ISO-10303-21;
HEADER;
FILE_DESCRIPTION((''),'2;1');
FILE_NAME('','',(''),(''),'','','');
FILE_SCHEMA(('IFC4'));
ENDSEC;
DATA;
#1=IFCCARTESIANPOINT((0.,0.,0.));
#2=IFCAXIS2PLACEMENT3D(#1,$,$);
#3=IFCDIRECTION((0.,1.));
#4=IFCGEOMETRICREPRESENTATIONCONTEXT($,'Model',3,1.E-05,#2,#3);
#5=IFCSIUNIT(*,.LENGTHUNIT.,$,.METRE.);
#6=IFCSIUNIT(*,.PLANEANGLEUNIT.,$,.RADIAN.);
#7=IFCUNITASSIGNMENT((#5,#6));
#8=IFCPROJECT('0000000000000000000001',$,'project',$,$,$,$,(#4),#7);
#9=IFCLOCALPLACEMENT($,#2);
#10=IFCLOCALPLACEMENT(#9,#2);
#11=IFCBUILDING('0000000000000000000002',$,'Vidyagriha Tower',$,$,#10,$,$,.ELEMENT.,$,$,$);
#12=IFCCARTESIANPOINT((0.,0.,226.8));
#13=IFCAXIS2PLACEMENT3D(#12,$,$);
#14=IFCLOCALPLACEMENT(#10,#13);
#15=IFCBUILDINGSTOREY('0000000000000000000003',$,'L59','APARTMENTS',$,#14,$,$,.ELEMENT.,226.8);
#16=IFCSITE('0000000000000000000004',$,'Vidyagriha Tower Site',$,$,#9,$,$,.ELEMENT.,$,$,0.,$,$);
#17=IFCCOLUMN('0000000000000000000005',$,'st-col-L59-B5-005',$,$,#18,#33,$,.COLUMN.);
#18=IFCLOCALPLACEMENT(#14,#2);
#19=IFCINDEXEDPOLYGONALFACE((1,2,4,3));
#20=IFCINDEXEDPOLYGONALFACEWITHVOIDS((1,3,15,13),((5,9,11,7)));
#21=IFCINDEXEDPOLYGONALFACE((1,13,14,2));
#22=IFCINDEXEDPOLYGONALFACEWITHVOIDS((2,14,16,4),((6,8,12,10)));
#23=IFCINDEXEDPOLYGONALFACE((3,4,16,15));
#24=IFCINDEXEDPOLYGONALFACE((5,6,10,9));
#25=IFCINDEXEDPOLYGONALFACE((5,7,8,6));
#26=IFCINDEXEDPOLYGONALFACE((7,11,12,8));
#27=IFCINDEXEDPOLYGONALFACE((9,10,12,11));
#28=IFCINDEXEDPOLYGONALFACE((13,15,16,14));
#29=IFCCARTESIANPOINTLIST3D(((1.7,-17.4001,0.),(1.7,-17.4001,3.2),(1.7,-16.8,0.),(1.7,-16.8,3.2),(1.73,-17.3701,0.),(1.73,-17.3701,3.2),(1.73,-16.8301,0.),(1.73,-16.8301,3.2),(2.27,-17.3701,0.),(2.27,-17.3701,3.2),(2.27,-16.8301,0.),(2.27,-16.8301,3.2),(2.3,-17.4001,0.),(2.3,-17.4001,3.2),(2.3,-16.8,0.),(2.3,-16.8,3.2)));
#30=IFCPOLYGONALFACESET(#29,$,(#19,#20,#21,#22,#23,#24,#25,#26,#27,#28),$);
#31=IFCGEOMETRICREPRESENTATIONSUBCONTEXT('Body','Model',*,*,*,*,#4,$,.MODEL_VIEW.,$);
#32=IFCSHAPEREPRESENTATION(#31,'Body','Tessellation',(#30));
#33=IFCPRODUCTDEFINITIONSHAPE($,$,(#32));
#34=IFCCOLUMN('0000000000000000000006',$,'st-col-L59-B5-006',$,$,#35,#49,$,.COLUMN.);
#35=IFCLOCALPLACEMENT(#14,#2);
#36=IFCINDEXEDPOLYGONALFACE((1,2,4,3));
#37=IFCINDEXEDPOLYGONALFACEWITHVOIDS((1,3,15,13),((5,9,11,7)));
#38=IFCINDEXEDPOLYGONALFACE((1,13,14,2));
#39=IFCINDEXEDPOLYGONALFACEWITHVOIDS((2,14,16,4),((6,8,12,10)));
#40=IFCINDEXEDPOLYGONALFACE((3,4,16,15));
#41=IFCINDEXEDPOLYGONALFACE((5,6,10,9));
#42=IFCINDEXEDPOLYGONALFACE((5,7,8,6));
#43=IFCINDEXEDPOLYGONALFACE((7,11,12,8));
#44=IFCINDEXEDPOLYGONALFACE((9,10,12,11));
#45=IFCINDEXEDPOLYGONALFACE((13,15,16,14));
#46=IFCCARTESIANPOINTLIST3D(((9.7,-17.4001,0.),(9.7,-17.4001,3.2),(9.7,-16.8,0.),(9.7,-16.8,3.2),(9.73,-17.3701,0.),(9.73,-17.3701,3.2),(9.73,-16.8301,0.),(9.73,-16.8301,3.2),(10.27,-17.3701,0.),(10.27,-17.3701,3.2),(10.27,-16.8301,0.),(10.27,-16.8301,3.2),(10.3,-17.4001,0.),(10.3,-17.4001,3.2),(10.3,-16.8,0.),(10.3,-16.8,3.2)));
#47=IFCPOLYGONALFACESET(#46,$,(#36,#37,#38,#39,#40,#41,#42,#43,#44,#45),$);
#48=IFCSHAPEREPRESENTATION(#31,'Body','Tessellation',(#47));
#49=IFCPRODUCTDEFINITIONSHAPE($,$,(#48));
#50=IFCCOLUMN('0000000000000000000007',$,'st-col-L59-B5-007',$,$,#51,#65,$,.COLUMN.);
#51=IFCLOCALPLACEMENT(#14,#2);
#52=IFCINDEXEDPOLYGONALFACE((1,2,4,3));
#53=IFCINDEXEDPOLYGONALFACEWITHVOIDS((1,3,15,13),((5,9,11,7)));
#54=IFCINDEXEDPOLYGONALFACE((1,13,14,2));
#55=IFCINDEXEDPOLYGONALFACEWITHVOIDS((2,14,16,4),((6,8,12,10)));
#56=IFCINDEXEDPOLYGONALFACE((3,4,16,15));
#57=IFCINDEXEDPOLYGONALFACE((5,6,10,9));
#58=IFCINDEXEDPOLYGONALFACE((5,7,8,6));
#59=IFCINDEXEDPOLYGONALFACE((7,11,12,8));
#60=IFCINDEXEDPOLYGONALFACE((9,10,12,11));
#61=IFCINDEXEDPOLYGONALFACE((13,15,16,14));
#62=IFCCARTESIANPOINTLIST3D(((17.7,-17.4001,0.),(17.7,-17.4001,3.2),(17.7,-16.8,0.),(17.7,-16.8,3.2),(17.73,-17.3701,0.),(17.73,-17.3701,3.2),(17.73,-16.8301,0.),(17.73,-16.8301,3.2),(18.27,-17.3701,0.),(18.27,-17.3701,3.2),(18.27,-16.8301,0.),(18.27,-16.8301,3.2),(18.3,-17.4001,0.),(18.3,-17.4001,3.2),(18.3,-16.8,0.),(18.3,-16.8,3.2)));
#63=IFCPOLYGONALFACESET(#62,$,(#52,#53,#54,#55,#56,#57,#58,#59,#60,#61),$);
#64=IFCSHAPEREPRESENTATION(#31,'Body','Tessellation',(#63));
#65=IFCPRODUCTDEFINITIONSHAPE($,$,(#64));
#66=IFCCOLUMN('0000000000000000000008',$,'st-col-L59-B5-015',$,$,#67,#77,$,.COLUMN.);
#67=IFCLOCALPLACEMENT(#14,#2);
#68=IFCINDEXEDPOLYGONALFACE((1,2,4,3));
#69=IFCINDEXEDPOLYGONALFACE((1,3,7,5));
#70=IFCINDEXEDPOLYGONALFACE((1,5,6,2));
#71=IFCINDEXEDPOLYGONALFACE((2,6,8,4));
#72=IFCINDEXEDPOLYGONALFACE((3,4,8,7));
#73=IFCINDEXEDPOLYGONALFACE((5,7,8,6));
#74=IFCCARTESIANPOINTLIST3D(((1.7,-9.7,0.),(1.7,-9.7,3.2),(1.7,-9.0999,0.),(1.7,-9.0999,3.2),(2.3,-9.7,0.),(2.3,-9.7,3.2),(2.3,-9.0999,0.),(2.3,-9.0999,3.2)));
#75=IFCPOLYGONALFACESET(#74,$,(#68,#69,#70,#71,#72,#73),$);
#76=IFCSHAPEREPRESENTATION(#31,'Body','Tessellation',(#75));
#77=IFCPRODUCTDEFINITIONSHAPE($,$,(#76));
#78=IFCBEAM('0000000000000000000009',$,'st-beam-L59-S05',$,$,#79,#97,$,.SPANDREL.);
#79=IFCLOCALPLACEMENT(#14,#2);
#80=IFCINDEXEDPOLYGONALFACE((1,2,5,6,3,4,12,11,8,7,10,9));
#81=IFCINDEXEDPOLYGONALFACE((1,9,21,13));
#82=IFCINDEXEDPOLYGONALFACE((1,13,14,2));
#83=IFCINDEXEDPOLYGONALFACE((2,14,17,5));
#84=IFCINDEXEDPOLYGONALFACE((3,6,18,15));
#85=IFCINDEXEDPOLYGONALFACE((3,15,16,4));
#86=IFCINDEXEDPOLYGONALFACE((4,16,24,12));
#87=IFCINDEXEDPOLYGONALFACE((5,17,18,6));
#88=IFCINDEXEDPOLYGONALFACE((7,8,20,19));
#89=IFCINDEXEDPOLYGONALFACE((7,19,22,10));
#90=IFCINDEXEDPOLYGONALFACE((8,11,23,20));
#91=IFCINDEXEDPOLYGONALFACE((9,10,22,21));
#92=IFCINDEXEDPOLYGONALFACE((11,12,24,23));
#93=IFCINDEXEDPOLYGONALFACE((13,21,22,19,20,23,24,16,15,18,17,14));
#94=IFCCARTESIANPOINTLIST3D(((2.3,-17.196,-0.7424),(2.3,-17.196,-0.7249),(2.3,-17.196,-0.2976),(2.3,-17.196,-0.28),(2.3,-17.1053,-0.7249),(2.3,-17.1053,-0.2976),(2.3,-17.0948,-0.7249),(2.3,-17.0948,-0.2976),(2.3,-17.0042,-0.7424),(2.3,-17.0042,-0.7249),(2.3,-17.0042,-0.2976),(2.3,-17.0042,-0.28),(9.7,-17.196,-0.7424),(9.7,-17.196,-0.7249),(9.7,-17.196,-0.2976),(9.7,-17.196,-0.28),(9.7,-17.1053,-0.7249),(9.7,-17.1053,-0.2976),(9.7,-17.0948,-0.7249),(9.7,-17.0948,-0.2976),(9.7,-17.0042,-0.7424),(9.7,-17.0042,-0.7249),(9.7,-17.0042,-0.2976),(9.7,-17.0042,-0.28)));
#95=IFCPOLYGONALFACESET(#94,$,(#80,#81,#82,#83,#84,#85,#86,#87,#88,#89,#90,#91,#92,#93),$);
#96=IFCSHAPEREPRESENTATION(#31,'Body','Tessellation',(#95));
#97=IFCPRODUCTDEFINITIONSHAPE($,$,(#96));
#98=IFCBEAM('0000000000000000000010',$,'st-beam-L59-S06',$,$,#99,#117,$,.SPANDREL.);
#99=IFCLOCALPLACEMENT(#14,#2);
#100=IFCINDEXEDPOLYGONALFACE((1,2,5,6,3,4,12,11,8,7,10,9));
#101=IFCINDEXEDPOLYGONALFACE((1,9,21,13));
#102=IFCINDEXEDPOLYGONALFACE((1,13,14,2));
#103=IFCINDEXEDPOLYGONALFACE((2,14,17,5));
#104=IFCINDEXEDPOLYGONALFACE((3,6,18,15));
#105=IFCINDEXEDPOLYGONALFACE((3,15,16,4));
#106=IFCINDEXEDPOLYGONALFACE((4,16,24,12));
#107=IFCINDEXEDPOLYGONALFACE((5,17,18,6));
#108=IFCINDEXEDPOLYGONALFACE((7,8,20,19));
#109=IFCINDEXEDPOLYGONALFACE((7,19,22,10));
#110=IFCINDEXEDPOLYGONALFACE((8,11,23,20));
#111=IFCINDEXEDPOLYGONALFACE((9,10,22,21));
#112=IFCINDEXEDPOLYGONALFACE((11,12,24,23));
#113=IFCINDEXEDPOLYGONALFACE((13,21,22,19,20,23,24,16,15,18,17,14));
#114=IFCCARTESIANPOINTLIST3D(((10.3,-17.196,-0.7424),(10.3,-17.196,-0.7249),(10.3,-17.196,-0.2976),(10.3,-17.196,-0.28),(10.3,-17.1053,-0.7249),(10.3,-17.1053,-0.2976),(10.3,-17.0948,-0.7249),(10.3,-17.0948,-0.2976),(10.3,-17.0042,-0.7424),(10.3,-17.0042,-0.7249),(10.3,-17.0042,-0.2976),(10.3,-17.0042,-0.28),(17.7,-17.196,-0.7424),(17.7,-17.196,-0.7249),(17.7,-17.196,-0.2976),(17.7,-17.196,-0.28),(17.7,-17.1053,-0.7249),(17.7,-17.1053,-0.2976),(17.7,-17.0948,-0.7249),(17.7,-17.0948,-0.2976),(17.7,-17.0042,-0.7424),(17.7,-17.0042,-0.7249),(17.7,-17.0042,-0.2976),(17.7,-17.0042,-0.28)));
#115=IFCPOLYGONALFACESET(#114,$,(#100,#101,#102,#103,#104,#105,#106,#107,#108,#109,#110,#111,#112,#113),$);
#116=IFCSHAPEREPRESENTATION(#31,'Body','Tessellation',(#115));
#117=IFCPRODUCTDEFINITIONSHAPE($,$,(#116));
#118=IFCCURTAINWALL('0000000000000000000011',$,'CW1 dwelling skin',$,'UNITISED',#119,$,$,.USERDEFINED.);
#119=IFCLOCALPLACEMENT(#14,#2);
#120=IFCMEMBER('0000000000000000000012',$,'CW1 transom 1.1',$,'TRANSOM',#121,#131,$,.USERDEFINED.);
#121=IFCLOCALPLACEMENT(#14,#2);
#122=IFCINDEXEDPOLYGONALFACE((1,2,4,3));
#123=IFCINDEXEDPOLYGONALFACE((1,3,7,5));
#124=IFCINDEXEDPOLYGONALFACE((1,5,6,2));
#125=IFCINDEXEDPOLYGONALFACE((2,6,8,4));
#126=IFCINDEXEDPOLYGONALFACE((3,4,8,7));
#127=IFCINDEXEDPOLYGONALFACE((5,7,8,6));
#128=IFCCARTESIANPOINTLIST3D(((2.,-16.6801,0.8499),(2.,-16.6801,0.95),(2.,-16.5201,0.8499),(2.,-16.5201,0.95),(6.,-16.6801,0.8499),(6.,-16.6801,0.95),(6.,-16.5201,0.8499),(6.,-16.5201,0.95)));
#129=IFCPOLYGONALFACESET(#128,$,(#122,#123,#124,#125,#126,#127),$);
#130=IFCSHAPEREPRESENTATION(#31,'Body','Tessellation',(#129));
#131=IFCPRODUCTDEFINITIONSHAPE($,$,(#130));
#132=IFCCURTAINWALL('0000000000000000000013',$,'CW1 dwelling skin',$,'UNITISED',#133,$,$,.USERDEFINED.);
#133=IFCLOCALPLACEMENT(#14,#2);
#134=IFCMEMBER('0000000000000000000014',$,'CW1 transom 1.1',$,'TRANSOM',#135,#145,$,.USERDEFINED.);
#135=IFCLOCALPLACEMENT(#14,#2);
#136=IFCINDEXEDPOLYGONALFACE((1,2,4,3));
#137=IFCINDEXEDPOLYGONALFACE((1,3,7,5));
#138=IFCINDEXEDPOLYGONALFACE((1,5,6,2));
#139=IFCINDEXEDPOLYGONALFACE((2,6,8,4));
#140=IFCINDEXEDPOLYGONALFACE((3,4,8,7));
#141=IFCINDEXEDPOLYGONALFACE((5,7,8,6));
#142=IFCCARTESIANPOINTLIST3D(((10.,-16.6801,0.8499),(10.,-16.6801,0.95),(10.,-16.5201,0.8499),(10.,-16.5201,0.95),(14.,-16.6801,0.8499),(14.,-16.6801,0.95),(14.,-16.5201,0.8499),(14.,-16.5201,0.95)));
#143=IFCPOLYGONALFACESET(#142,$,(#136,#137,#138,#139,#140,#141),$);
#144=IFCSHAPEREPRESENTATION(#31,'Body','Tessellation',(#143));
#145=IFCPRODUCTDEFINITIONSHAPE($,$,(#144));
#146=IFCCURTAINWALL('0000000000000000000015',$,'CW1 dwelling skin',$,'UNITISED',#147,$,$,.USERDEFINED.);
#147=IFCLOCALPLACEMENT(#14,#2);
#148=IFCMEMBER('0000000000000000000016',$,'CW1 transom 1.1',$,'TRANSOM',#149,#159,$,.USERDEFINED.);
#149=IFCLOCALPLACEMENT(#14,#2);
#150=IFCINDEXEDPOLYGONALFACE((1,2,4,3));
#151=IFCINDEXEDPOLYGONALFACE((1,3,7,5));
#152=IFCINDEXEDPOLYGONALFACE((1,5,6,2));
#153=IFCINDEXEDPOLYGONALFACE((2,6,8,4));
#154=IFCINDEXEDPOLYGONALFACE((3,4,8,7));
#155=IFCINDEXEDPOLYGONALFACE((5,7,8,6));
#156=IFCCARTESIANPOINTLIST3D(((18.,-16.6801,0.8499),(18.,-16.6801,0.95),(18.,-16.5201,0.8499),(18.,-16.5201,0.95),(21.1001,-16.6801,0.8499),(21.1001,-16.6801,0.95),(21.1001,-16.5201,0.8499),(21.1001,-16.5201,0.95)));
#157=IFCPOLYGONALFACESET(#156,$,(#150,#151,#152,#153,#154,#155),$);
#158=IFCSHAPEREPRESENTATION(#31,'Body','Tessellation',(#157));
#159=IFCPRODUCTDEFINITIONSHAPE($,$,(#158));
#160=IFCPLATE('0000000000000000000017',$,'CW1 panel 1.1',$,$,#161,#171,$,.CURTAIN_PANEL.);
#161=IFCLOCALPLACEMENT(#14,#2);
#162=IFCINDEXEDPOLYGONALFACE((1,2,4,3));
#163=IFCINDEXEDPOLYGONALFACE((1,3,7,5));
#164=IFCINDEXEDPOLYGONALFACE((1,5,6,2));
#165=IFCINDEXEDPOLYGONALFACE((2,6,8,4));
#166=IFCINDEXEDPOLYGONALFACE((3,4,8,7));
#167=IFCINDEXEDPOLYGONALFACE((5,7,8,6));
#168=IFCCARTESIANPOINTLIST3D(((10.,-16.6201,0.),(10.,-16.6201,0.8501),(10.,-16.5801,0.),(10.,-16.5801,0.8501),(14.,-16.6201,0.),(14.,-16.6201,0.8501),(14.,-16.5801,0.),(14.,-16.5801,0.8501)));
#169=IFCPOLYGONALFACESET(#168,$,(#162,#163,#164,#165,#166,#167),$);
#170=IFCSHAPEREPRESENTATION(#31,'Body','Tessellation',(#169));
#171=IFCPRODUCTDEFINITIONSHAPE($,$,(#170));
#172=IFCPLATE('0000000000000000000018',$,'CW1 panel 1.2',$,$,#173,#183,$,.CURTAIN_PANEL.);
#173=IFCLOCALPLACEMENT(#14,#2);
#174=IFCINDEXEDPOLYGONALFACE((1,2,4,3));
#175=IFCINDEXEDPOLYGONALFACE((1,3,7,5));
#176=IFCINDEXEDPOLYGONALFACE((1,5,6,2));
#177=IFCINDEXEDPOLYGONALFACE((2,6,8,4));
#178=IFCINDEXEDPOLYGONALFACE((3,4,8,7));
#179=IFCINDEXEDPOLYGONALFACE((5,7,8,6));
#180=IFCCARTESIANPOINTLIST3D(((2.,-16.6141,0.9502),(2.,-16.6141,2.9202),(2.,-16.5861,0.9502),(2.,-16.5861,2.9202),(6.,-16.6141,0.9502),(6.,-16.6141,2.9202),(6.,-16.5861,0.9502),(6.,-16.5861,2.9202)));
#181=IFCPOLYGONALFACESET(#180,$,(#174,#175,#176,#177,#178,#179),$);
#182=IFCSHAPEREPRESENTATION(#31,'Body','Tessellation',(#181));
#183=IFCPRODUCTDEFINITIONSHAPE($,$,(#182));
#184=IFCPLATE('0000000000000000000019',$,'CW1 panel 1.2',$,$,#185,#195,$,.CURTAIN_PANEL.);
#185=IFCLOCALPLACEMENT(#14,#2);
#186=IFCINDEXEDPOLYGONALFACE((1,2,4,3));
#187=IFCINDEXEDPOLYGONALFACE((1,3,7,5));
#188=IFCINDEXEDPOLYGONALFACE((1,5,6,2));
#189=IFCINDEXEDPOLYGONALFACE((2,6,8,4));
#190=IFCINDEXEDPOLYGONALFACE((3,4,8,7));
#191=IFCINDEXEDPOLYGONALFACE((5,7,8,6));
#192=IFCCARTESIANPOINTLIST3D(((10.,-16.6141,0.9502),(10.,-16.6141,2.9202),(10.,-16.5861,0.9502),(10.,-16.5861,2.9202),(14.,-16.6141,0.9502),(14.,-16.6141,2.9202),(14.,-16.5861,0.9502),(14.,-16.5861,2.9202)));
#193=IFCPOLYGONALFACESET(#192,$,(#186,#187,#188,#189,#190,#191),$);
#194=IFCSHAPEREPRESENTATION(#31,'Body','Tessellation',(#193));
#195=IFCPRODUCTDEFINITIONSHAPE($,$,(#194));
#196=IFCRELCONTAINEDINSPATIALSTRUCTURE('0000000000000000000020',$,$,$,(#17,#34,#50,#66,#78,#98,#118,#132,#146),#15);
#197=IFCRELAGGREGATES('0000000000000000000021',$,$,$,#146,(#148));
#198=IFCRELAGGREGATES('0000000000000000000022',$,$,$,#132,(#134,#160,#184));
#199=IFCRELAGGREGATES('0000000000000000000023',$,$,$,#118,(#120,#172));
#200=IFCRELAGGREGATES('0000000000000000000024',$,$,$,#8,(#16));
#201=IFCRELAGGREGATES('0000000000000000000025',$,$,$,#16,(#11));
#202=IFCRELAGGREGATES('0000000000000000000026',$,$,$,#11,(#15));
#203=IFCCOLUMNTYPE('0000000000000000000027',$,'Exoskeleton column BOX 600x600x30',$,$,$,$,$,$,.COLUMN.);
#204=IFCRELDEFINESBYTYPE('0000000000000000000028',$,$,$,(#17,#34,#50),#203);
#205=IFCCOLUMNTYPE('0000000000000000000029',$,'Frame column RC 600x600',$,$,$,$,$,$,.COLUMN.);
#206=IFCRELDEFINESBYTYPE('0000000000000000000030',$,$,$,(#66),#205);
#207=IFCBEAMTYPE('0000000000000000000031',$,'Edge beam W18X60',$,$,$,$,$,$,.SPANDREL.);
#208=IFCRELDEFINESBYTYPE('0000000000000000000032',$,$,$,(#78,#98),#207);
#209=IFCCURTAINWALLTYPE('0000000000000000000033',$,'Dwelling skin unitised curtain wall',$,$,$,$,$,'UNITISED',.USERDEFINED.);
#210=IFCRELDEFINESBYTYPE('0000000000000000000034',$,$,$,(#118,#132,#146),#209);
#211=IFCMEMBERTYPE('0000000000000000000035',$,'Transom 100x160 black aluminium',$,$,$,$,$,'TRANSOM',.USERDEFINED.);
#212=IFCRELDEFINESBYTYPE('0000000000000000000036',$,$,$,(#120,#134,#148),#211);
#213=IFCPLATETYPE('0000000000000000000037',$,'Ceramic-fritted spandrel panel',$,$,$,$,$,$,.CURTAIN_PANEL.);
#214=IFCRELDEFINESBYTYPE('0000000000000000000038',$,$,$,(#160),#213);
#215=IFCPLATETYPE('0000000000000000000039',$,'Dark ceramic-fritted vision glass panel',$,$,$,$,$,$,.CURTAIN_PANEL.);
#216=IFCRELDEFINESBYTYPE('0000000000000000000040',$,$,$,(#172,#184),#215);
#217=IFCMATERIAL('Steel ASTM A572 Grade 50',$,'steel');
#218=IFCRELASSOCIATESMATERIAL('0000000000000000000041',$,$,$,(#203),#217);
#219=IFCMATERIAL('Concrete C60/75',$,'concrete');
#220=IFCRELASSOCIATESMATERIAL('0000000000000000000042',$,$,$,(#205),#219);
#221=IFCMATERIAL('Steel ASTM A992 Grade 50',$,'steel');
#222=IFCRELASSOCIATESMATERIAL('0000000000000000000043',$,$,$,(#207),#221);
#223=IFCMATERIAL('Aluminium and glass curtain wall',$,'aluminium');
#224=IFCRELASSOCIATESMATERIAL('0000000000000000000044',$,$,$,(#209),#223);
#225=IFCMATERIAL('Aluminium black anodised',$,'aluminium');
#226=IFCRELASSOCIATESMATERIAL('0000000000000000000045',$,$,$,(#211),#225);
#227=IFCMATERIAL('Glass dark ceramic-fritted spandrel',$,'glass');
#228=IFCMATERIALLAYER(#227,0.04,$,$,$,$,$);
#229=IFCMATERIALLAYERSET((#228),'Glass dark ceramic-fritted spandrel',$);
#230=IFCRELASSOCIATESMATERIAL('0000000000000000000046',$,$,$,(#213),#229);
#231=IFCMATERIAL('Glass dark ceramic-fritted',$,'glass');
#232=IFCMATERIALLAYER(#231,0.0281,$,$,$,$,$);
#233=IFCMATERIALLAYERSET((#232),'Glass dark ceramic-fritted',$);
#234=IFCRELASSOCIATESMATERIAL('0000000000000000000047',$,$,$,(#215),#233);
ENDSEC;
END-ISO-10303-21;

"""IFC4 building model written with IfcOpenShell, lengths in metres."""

from ifc_helpers import new_model, si_unit, direction, frame, origin, origin_2d, place, context, subcontext, project, spatial, rectangle, hollow_rectangle, i_section, extrude, material, layer, layer_set, material_profile, profile_set, type_object, element, aggregate, save


model = new_model("IFC4")

# Units and contexts
model_context = context("Model", 3, precision=1e-05, world=origin(), true_north=direction((0.0, 1.0)))
body_context = subcontext(model_context, "Body", "Model", "MODEL_VIEW")
ifc_project = project(units=[si_unit("LENGTHUNIT", "METRE"), si_unit("PLANEANGLEUNIT", "RADIAN")], contexts=[model_context])

# Site, building, storey
site_placement = place(None, origin())
site = spatial("IfcSite", under=ifc_project, at=site_placement, Name="Vidyagriha Tower Site", CompositionType="ELEMENT", RefElevation=0.0)
building_placement = place(site_placement, origin())
building = spatial("IfcBuilding", under=site, at=building_placement, Name="Vidyagriha Tower", CompositionType="ELEMENT")
storey_placement = place(building_placement, frame((0.0, 0.0, 226.8)))
storey = spatial("IfcBuildingStorey", under=building, at=storey_placement, Name="L59", Description="APARTMENTS", CompositionType="ELEMENT", Elevation=226.8)

# Columns
ifc_material_1 = material(Name="Steel ASTM A572 Grade 50", Category="steel")
ifc_material_profile_1 = material_profile(ifc_material_1, hollow_rectangle(XDim=0.6001, YDim=0.6001, WallThickness=0.03, at=origin_2d()), Name="BOX 600x600x30")
ifc_profile_set_1 = profile_set([ifc_material_profile_1], Name="Steel ASTM A572 Grade 50")
column_type_1 = type_object("IfcColumnType", Name="Exoskeleton column BOX 600x600x30", PredefinedType="COLUMN", material=ifc_profile_set_1)
for number, where, name in (
    (1, (2.0, -17.1001, 0.0), "st-col-L59-B5-005"),
    (2, (10.0, -17.1001, 0.0), "st-col-L59-B5-006"),
    (3, (18.0, -17.1001, 0.0), "st-col-L59-B5-007"),
):
    element("IfcColumn", number, at=place(storey_placement, frame(where)), inside=storey, type_object=column_type_1, Name=name, PredefinedType="COLUMN", context=body_context, shape_type="SweptSolid", body=[
        extrude(hollow_rectangle(XDim=0.6001, YDim=0.6001, WallThickness=0.03, at=origin_2d()), origin(), (0.0, 0.0, 1.0), 3.2),
    ])
ifc_material_2 = material(Name="Concrete C60/75", Category="concrete")
ifc_material_profile_2 = material_profile(ifc_material_2, rectangle(XDim=0.6001, YDim=0.6001, at=origin_2d()), Name="RC 600x600")
ifc_profile_set_2 = profile_set([ifc_material_profile_2], Name="Concrete C60/75")
column_type_2 = type_object("IfcColumnType", Name="Frame column RC 600x600", PredefinedType="COLUMN", material=ifc_profile_set_2)
column_placement = place(storey_placement, frame((2.0, -9.3999, 0.0)))
element("IfcColumn", 4, at=column_placement, inside=storey, type_object=column_type_2, Name="st-col-L59-B5-015", PredefinedType="COLUMN", context=body_context, shape_type="SweptSolid", body=[
    extrude(rectangle(XDim=0.6001, YDim=0.6001, at=origin_2d()), origin(), (0.0, 0.0, 1.0), 3.2),
])

# Beams
ifc_material_3 = material(Name="Steel ASTM A992 Grade 50", Category="steel")
ifc_material_profile_3 = material_profile(ifc_material_3, i_section(OverallWidth=0.1919, OverallDepth=0.4624, WebThickness=0.0105, FlangeThickness=0.0176, at=origin_2d()), Name="W18X60")
ifc_profile_set_3 = profile_set([ifc_material_profile_3], Name="Steel ASTM A992 Grade 50")
beam_type = type_object("IfcBeamType", Name="Edge beam W18X60", PredefinedType="SPANDREL", material=ifc_profile_set_3)
for number, where, z_axis, x_axis, name in (
    (5, (2.3, -17.1001, -0.5112), (1.0, 0.0, 0.0), (0.0, 1.0, 0.0), "st-beam-L59-S05"),
    (6, (10.3, -17.1001, -0.5112), (1.0, 0.0, 0.0), (0.0, 1.0, 0.0), "st-beam-L59-S06"),
):
    element("IfcBeam", number, at=place(storey_placement, frame(where, z_axis=z_axis, x_axis=x_axis)), inside=storey, type_object=beam_type, Name=name, PredefinedType="SPANDREL", context=body_context, shape_type="SweptSolid", body=[
        extrude(i_section(OverallWidth=0.1919, OverallDepth=0.4624, WebThickness=0.0105, FlangeThickness=0.0176, at=origin_2d()), origin(), (0.0, 0.0, 1.0), 7.3999),
    ])

# Curtain walls, members
ifc_material_4 = material(Name="Aluminium and glass curtain wall", Category="aluminium")
curtain_wall_type = type_object("IfcCurtainWallType", Name="Dwelling skin unitised curtain wall", ElementType="UNITISED", PredefinedType="USERDEFINED", material=ifc_material_4)
curtain_wall_1_placement = place(storey_placement, origin())
curtain_wall_1 = element("IfcCurtainWall", 7, at=curtain_wall_1_placement, inside=storey, type_object=curtain_wall_type, Name="CW1 dwelling skin", ObjectType="UNITISED", PredefinedType="USERDEFINED")
ifc_material_5 = material(Name="Aluminium black anodised", Category="aluminium")
ifc_material_profile_4 = material_profile(ifc_material_5, rectangle(XDim=0.1599, YDim=0.1001, at=origin_2d()), Name="Transom 100x160 black aluminium")
ifc_profile_set_4 = profile_set([ifc_material_profile_4], Name="Aluminium black anodised")
member_type = type_object("IfcMemberType", Name="Transom 100x160 black aluminium", ElementType="TRANSOM", PredefinedType="USERDEFINED", material=ifc_profile_set_4)
member_1_placement = place(storey_placement, frame((2.0, -16.6001, 0.8999), z_axis=(1.0, 0.0, 0.0), x_axis=(0.0, 1.0, 0.0)))
member_1 = element("IfcMember", 8, at=member_1_placement, type_object=member_type, Name="CW1 transom 1.1", ObjectType="TRANSOM", PredefinedType="USERDEFINED", context=body_context, shape_type="SweptSolid", body=[
    extrude(rectangle(XDim=0.1599, YDim=0.1001, at=origin_2d()), origin(), (0.0, 0.0, 1.0), 4.0),
])
curtain_wall_2_placement = place(storey_placement, origin())
curtain_wall_2 = element("IfcCurtainWall", 9, at=curtain_wall_2_placement, inside=storey, type_object=curtain_wall_type, Name="CW1 dwelling skin", ObjectType="UNITISED", PredefinedType="USERDEFINED")
member_2_placement = place(storey_placement, frame((10.0, -16.6001, 0.8999), z_axis=(1.0, 0.0, 0.0), x_axis=(0.0, 1.0, 0.0)))
member_2 = element("IfcMember", 10, at=member_2_placement, type_object=member_type, Name="CW1 transom 1.1", ObjectType="TRANSOM", PredefinedType="USERDEFINED", context=body_context, shape_type="SweptSolid", body=[
    extrude(rectangle(XDim=0.1599, YDim=0.1001, at=origin_2d()), origin(), (0.0, 0.0, 1.0), 4.0),
])
curtain_wall_3_placement = place(storey_placement, origin())
curtain_wall_3 = element("IfcCurtainWall", 11, at=curtain_wall_3_placement, inside=storey, type_object=curtain_wall_type, Name="CW1 dwelling skin", ObjectType="UNITISED", PredefinedType="USERDEFINED")
member_3_placement = place(storey_placement, frame((18.0, -16.6001, 0.8999), z_axis=(1.0, 0.0, 0.0), x_axis=(0.0, 1.0, 0.0)))
member_3 = element("IfcMember", 12, at=member_3_placement, type_object=member_type, Name="CW1 transom 1.1", ObjectType="TRANSOM", PredefinedType="USERDEFINED", context=body_context, shape_type="SweptSolid", body=[
    extrude(rectangle(XDim=0.1599, YDim=0.1001, at=origin_2d()), origin(), (0.0, 0.0, 1.0), 3.1001),
])
aggregate(curtain_wall_3, [member_3])

# Plates
ifc_material_6 = material(Name="Glass dark ceramic-fritted spandrel", Category="glass")
ifc_layer_1 = layer(ifc_material_6, 0.04)
ifc_layer_set_1 = layer_set([ifc_layer_1], Name="Glass dark ceramic-fritted spandrel")
plate_type_1 = type_object("IfcPlateType", Name="Ceramic-fritted spandrel panel", PredefinedType="CURTAIN_PANEL", material=ifc_layer_set_1)
plate_1_placement = place(storey_placement, frame((12.0, -16.6001, 0.0)))
plate_1 = element("IfcPlate", 13, at=plate_1_placement, type_object=plate_type_1, Name="CW1 panel 1.1", PredefinedType="CURTAIN_PANEL", context=body_context, shape_type="SweptSolid", body=[
    extrude(rectangle(XDim=4.0, YDim=0.04, at=origin_2d()), origin(), (0.0, 0.0, 1.0), 0.8501),
])
ifc_material_7 = material(Name="Glass dark ceramic-fritted", Category="glass")
ifc_layer_2 = layer(ifc_material_7, 0.0281)
ifc_layer_set_2 = layer_set([ifc_layer_2], Name="Glass dark ceramic-fritted")
plate_type_2 = type_object("IfcPlateType", Name="Dark ceramic-fritted vision glass panel", PredefinedType="CURTAIN_PANEL", material=ifc_layer_set_2)
plate_2_placement = place(storey_placement, frame((4.0, -16.6001, 0.9502)))
plate_2 = element("IfcPlate", 14, at=plate_2_placement, type_object=plate_type_2, Name="CW1 panel 1.2", PredefinedType="CURTAIN_PANEL", context=body_context, shape_type="SweptSolid", body=[
    extrude(rectangle(XDim=4.0, YDim=0.0281, at=origin_2d()), origin(), (0.0, 0.0, 1.0), 1.97),
])
plate_3_placement = place(storey_placement, frame((12.0, -16.6001, 0.9502)))
plate_3 = element("IfcPlate", 15, at=plate_3_placement, type_object=plate_type_2, Name="CW1 panel 1.2", PredefinedType="CURTAIN_PANEL", context=body_context, shape_type="SweptSolid", body=[
    extrude(rectangle(XDim=4.0, YDim=0.0281, at=origin_2d()), origin(), (0.0, 0.0, 1.0), 1.97),
])
aggregate(curtain_wall_2, [member_2, plate_1, plate_3])
aggregate(curtain_wall_1, [member_1, plate_2])

save(model, "model.ifc")
